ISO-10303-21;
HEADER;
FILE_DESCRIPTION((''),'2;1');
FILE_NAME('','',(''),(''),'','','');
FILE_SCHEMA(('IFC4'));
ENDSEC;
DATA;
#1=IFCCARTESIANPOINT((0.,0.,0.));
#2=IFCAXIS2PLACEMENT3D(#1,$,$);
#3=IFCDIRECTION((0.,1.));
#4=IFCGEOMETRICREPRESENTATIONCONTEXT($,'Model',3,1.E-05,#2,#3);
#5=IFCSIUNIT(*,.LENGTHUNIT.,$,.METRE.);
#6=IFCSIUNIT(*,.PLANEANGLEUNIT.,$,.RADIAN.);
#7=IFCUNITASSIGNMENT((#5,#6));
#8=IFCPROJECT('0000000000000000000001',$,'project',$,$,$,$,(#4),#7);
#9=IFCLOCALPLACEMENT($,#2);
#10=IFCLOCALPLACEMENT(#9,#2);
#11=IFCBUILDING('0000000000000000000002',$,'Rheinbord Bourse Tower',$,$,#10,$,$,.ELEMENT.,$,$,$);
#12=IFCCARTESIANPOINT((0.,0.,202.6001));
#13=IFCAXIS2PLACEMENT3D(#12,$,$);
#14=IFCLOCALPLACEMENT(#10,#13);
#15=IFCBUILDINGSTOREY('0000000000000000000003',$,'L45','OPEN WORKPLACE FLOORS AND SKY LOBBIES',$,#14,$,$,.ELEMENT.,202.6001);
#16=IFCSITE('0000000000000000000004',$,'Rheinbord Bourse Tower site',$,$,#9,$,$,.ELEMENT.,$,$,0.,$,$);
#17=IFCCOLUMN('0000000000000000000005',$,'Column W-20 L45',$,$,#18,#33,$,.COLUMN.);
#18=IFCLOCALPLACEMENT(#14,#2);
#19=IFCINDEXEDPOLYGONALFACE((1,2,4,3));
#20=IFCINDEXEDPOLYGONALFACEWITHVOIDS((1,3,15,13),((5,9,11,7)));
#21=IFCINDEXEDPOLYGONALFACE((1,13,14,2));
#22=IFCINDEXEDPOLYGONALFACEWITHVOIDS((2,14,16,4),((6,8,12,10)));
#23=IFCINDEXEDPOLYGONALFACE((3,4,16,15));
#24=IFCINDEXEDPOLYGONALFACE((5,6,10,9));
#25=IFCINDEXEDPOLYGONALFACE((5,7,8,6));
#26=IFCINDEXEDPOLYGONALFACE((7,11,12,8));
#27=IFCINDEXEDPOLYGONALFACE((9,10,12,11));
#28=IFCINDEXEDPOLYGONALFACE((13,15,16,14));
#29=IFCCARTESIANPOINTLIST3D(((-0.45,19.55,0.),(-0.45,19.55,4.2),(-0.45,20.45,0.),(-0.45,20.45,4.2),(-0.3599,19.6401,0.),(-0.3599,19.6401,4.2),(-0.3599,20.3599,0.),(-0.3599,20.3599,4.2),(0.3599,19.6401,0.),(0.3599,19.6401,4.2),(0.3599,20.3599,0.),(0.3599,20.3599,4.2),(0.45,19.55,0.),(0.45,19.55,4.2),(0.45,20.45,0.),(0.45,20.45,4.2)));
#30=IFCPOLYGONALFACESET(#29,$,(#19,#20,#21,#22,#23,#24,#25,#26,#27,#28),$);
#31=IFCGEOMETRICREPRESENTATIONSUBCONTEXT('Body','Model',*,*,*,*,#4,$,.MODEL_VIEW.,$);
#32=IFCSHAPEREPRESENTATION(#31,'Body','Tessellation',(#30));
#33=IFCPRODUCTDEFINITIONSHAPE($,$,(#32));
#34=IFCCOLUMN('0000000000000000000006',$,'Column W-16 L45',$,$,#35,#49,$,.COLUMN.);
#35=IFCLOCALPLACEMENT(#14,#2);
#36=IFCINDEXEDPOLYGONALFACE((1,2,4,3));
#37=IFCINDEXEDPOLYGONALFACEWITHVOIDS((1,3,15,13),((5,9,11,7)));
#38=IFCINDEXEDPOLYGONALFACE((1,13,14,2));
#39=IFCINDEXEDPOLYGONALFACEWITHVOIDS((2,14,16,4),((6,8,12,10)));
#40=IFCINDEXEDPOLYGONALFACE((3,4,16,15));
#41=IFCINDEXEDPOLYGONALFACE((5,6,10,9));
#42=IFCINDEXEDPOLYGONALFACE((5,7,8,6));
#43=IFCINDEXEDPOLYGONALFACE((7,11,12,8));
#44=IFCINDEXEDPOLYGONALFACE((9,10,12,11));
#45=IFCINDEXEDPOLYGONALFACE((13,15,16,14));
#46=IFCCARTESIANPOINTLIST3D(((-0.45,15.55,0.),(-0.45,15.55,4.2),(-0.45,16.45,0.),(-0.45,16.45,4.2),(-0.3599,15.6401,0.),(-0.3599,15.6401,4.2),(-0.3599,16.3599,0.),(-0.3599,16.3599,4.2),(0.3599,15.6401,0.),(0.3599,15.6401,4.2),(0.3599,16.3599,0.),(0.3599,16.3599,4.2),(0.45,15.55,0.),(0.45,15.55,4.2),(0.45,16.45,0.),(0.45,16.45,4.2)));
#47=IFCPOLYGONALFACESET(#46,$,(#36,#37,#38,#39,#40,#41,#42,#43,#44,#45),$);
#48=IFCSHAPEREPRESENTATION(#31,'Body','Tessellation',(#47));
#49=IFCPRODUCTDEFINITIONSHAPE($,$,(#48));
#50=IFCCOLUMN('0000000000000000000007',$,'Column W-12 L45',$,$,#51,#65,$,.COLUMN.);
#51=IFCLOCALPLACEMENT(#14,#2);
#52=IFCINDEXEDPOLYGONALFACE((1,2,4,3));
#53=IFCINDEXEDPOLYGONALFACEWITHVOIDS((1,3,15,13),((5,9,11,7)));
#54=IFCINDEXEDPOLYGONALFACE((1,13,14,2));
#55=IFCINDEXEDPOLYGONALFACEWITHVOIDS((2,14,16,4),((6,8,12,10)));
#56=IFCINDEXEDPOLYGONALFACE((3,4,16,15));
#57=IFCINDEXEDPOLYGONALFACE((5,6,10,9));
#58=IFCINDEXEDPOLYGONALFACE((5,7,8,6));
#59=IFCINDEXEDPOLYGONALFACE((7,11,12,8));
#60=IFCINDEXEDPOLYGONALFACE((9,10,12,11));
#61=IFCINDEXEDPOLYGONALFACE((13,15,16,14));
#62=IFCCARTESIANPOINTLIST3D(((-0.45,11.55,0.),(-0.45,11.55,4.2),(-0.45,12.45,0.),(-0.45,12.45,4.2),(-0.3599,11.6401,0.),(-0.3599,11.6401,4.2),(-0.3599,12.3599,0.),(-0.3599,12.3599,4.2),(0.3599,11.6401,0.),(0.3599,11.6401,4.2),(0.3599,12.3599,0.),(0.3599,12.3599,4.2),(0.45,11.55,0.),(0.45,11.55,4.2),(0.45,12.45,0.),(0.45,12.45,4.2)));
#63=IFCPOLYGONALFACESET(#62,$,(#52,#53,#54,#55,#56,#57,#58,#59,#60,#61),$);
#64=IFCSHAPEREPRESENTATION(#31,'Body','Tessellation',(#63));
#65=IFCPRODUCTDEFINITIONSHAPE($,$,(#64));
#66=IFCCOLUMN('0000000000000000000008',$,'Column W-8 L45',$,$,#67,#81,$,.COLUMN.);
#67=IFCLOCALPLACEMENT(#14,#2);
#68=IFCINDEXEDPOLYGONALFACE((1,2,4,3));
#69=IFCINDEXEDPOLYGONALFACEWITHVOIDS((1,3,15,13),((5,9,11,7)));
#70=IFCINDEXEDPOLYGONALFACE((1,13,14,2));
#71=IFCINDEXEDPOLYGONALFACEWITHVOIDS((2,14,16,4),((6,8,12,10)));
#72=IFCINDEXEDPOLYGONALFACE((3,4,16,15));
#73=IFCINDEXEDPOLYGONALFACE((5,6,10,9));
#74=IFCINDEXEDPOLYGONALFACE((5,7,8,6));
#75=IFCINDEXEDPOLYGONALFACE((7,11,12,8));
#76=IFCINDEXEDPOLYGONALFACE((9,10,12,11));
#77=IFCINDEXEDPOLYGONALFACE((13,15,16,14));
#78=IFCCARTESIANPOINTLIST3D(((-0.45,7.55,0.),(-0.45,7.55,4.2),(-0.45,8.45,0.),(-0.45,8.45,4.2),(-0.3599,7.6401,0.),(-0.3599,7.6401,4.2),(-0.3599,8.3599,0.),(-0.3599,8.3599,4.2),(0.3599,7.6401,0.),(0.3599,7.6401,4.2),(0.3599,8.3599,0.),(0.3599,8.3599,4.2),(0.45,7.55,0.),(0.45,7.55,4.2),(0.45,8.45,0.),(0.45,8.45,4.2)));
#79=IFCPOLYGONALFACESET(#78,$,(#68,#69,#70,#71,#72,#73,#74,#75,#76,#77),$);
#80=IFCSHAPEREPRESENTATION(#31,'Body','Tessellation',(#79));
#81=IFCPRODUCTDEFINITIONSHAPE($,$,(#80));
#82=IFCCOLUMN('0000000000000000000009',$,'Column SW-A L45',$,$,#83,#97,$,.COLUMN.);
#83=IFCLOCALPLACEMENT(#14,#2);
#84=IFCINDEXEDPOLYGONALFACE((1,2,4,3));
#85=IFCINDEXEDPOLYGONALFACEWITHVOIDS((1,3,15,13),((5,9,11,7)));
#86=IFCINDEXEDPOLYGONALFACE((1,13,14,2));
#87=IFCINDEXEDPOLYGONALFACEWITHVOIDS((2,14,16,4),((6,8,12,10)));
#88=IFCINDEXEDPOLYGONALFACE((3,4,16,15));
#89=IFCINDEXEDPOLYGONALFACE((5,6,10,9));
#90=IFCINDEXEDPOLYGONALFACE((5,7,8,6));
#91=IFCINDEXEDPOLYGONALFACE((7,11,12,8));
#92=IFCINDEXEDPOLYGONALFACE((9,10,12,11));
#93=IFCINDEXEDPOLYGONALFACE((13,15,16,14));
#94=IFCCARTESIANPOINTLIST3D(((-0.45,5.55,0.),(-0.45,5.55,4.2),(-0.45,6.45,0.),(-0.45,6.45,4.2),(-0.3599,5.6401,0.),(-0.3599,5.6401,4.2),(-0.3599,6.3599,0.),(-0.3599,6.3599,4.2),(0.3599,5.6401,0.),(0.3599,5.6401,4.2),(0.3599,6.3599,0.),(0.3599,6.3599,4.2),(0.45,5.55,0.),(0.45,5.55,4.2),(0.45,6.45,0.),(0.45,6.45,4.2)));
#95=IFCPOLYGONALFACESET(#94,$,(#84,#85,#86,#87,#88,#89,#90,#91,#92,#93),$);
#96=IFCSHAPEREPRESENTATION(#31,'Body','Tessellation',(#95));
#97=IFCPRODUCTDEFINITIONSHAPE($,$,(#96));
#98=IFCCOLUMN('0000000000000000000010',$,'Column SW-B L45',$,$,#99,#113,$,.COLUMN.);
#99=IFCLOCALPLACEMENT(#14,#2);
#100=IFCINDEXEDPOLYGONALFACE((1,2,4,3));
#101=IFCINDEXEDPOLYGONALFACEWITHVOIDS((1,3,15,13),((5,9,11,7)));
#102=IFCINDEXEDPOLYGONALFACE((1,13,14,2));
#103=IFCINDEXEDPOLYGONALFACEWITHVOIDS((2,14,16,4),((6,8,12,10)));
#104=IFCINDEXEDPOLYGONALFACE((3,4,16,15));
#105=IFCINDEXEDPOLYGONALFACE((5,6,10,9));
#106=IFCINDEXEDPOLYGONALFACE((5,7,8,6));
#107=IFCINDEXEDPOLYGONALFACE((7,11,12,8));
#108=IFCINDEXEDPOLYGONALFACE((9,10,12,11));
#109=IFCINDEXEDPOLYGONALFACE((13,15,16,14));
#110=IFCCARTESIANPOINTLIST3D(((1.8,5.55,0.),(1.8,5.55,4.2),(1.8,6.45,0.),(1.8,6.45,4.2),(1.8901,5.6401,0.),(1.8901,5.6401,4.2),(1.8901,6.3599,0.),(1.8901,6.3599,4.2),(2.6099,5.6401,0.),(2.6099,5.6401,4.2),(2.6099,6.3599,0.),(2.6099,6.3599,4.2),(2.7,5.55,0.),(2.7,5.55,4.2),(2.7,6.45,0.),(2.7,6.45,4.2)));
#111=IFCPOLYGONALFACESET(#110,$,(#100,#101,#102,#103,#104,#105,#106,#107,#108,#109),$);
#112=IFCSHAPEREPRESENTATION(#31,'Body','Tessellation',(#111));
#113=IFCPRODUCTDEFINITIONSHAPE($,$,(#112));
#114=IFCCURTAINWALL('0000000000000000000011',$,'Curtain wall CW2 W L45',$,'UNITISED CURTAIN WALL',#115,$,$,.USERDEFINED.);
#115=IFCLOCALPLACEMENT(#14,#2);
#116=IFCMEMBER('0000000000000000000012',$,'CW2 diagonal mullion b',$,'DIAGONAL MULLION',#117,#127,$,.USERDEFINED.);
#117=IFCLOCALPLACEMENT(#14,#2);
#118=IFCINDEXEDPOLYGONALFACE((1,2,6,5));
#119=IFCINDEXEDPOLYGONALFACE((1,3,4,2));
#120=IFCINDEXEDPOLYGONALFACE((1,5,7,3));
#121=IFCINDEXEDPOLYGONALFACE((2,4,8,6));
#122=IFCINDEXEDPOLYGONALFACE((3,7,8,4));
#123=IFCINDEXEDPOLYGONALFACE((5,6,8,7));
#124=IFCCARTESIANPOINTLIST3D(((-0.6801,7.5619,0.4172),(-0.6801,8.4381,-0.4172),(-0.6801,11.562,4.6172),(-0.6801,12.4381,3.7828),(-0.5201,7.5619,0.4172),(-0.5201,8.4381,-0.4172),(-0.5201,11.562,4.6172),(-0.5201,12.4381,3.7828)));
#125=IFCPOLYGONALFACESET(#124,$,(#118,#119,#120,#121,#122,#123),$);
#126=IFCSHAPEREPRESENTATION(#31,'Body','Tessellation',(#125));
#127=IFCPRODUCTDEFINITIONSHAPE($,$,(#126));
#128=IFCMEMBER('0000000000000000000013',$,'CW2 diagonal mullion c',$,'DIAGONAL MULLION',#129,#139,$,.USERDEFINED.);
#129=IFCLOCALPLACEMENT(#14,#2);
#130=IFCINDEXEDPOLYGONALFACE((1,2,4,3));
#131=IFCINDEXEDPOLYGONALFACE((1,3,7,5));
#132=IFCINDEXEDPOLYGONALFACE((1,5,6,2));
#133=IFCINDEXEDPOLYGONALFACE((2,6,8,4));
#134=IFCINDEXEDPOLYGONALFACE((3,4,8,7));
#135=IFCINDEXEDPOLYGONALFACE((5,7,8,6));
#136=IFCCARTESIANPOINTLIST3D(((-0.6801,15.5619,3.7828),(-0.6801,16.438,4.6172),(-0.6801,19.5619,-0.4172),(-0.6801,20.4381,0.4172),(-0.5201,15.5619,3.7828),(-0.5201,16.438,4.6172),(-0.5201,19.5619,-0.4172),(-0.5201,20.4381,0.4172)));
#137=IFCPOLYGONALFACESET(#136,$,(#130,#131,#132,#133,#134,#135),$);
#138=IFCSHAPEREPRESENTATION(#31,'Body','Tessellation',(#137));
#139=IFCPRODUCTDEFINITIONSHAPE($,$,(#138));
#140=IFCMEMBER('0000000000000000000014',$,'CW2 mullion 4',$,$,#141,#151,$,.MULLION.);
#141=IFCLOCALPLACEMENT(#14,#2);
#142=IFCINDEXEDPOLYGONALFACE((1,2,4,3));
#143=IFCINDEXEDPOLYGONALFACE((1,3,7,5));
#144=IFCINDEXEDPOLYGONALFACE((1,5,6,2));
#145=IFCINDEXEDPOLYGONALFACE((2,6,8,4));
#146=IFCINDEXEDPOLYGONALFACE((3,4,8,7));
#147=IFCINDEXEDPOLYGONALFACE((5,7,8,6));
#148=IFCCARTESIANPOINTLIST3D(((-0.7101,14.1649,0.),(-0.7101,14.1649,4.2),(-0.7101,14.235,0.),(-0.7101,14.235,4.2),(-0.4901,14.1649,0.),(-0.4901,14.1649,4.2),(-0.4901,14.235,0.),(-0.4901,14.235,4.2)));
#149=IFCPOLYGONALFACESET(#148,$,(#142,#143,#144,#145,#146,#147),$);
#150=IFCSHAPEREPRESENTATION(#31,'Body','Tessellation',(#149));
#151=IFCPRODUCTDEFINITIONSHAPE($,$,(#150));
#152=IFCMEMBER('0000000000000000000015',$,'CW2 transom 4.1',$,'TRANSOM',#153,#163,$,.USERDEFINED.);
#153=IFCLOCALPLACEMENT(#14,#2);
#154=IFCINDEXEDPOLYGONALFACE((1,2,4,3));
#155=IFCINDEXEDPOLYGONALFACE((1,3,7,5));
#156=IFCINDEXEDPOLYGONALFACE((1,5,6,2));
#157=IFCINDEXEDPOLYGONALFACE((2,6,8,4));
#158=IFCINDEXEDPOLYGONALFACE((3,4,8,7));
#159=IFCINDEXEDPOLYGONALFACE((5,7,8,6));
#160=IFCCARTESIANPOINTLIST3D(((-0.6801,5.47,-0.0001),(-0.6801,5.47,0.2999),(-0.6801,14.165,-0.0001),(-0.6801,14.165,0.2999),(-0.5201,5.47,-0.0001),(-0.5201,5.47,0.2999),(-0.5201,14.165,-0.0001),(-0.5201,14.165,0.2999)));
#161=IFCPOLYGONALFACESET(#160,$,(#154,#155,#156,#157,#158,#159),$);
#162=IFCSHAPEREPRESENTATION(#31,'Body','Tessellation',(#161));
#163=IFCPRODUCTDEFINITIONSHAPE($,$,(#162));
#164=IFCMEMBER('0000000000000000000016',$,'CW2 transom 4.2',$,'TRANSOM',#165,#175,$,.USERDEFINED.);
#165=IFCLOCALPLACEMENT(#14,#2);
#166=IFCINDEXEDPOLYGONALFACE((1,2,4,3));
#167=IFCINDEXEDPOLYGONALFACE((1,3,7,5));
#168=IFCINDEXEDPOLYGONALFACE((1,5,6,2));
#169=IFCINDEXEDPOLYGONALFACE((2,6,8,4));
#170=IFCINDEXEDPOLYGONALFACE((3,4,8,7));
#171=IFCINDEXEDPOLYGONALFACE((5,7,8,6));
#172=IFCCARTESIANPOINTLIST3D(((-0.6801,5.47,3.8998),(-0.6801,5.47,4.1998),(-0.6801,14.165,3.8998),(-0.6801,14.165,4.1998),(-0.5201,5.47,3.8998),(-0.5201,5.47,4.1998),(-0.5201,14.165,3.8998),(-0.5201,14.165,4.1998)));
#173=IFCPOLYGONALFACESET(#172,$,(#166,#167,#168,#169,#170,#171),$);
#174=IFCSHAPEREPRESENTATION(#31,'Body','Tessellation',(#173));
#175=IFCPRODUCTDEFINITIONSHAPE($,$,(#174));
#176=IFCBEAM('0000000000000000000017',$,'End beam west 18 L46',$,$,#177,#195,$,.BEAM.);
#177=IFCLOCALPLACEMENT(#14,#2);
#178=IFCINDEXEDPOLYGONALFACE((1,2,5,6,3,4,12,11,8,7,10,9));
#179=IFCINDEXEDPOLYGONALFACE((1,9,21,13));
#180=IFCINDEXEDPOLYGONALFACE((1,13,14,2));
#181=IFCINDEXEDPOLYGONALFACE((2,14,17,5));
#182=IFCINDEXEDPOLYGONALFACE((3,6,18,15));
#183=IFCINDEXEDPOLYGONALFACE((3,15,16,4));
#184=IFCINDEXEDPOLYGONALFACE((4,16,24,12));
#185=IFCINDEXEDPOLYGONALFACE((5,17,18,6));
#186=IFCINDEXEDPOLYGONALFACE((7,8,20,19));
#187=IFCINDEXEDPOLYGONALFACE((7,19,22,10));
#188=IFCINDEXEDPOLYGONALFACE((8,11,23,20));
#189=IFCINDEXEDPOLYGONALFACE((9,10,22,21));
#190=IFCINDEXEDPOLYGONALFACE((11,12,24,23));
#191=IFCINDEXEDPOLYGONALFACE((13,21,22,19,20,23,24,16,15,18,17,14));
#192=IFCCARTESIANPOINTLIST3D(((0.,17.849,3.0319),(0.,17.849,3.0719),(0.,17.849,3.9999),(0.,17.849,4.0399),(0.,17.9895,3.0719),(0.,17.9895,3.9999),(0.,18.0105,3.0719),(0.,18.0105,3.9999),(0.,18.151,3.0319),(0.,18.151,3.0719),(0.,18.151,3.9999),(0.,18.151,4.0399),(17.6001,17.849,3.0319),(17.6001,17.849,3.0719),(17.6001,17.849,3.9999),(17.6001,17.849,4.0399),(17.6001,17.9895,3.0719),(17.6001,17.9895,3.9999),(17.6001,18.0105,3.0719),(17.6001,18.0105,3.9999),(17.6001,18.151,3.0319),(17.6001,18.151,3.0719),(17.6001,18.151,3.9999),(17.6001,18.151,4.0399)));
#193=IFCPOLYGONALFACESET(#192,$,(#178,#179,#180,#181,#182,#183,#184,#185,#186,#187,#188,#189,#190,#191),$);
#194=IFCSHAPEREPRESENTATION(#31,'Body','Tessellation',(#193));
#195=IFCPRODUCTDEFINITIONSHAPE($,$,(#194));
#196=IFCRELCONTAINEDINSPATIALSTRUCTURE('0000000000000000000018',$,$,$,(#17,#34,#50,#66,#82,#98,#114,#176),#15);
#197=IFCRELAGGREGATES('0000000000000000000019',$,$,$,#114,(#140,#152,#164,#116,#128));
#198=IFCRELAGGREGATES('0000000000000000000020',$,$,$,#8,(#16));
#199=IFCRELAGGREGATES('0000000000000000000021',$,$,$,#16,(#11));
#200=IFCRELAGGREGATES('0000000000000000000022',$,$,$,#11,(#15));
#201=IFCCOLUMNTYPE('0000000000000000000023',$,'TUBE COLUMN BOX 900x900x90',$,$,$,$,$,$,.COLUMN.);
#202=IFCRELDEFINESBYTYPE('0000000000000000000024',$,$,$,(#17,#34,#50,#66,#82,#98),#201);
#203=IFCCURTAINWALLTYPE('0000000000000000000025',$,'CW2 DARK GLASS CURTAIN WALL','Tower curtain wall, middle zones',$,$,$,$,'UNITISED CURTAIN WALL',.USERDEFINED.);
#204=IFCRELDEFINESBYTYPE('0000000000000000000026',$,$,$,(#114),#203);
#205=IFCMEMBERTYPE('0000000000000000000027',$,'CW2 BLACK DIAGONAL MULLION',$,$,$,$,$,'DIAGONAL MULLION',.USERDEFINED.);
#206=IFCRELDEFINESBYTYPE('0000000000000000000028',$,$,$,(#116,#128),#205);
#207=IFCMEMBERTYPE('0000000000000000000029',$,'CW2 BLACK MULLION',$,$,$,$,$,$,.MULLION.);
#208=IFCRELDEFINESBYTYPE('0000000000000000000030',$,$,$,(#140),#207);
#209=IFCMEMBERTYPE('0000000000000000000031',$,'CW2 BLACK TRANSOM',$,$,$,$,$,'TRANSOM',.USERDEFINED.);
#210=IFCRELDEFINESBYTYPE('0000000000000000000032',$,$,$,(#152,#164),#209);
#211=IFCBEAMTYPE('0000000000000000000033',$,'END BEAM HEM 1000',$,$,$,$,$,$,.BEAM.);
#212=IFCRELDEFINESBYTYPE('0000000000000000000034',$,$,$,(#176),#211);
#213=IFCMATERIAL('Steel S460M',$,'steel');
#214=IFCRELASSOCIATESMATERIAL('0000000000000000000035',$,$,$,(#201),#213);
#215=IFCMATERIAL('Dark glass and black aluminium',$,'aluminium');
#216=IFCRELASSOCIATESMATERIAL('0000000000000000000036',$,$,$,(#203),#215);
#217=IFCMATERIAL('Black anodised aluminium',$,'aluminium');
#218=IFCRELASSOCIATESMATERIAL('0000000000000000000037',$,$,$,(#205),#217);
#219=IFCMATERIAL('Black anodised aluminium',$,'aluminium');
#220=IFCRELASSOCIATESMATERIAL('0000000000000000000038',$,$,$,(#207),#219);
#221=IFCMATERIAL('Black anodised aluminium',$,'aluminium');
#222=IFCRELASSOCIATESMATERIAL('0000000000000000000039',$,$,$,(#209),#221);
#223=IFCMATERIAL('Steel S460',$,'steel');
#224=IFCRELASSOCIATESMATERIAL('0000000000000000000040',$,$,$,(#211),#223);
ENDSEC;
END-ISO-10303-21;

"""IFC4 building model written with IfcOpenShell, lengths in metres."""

from ifc_helpers import new_model, si_unit, direction, frame, origin, origin_2d, place, context, subcontext, project, spatial, rectangle, hollow_rectangle, i_section, extrude, material, material_profile, profile_set, type_object, element, aggregate, save


model = new_model("IFC4")

# Units and contexts
model_context = context("Model", 3, precision=1e-05, world=origin(), true_north=direction((0.0, 1.0)))
body_context = subcontext(model_context, "Body", "Model", "MODEL_VIEW")
ifc_project = project(units=[si_unit("LENGTHUNIT", "METRE"), si_unit("PLANEANGLEUNIT", "RADIAN")], contexts=[model_context])

# Site, building, storey
site_placement = place(None, origin())
site = spatial("IfcSite", under=ifc_project, at=site_placement, Name="Rheinbord Bourse Tower site", CompositionType="ELEMENT", RefElevation=0.0)
building_placement = place(site_placement, origin())
building = spatial("IfcBuilding", under=site, at=building_placement, Name="Rheinbord Bourse Tower", CompositionType="ELEMENT")
storey_placement = place(building_placement, frame((0.0, 0.0, 202.6001)))
storey = spatial("IfcBuildingStorey", under=building, at=storey_placement, Name="L45", Description="OPEN WORKPLACE FLOORS AND SKY LOBBIES", CompositionType="ELEMENT", Elevation=202.6001)

# Columns
ifc_material_1 = material(Name="Steel S460M", Category="steel")
ifc_material_profile_1 = material_profile(ifc_material_1, hollow_rectangle(XDim=0.8999, YDim=0.8999, WallThickness=0.0901, at=origin_2d()), Name="BOX 900x900x90")
ifc_profile_set_1 = profile_set([ifc_material_profile_1], Name="Steel S460M")
column_type = type_object("IfcColumnType", Name="TUBE COLUMN BOX 900x900x90", PredefinedType="COLUMN", material=ifc_profile_set_1)
for number, where, z_axis, x_axis, name in (
    (1, (0.0, 20.0, 0.0), (0.0, 0.0, 1.0), (1.0, 0.0, 0.0), "Column W-20 L45"),
    (2, (0.0, 16.0, 0.0), (0.0, 0.0, 1.0), (1.0, 0.0, 0.0), "Column W-16 L45"),
    (3, (0.0, 12.0, 0.0), (0.0, 0.0, 1.0), (1.0, 0.0, 0.0), "Column W-12 L45"),
    (4, (0.0, 8.0, 0.0), (0.0, 0.0, 1.0), (1.0, 0.0, 0.0), "Column W-8 L45"),
    (5, (0.0, 6.0, 0.0), (0.0, 0.0, 1.0), (1.0, 0.0, 0.0), "Column SW-A L45"),
    (6, (2.25, 6.0, 0.0), (0.0, 0.0, 1.0), (1.0, 0.0, 0.0), "Column SW-B L45"),
):
    element("IfcColumn", number, at=place(storey_placement, frame(where, z_axis=z_axis, x_axis=x_axis)), inside=storey, type_object=column_type, Name=name, PredefinedType="COLUMN", context=body_context, shape_type="SweptSolid", body=[
        extrude(hollow_rectangle(XDim=0.8999, YDim=0.8999, WallThickness=0.0901, at=origin_2d()), origin(), (0.0, 0.0, 1.0), 4.2),
    ])

# Curtain wall, members
ifc_material_2 = material(Name="Dark glass and black aluminium", Category="aluminium")
curtain_wall_type = type_object("IfcCurtainWallType", Name="CW2 DARK GLASS CURTAIN WALL", Description="Tower curtain wall, middle zones", ElementType="UNITISED CURTAIN WALL", PredefinedType="USERDEFINED", material=ifc_material_2)
curtain_wall_placement = place(storey_placement, origin())
curtain_wall = element("IfcCurtainWall", 7, at=curtain_wall_placement, inside=storey, type_object=curtain_wall_type, Name="Curtain wall CW2 W L45", ObjectType="UNITISED CURTAIN WALL", PredefinedType="USERDEFINED")
ifc_material_3 = material(Name="Black anodised aluminium", Category="aluminium")
ifc_material_profile_2 = material_profile(ifc_material_3, rectangle(XDim=0.1599, YDim=1.21, at=origin_2d()), Name="CW2 DIAGONAL MULLION 1210x160")
ifc_profile_set_2 = profile_set([ifc_material_profile_2], Name="Black anodised aluminium")
member_type_1 = type_object("IfcMemberType", Name="CW2 BLACK DIAGONAL MULLION", ElementType="DIAGONAL MULLION", PredefinedType="USERDEFINED", material=ifc_profile_set_2)
member_1_placement = place(storey_placement, frame((-0.6001, 8.0, 0.0), z_axis=(0.0, 0.689659, 0.724134), x_axis=(-1.0, 0.0, 0.0)))
member_1 = element("IfcMember", 8, at=member_1_placement, type_object=member_type_1, Name="CW2 diagonal mullion b", ObjectType="DIAGONAL MULLION", PredefinedType="USERDEFINED", context=body_context, shape_type="SweptSolid", body=[
    extrude(rectangle(XDim=0.1599, YDim=1.21, at=origin_2d()), origin(), (0.0, 0.0, 1.0), 5.8),
])
member_2_placement = place(storey_placement, frame((-0.6001, 20.0, 0.0), z_axis=(0.0, -0.689659, 0.724134), x_axis=(1.0, 0.0, 0.0)))
member_2 = element("IfcMember", 9, at=member_2_placement, type_object=member_type_1, Name="CW2 diagonal mullion c", ObjectType="DIAGONAL MULLION", PredefinedType="USERDEFINED", context=body_context, shape_type="SweptSolid", body=[
    extrude(rectangle(XDim=0.1599, YDim=1.21, at=origin_2d()), origin(), (0.0, 0.0, 1.0), 5.8),
])
ifc_material_4 = material(Name="Black anodised aluminium", Category="aluminium")
ifc_material_profile_3 = material_profile(ifc_material_4, rectangle(XDim=0.22, YDim=0.0701, at=origin_2d()), Name="CW2 MULLION 70x220")
ifc_profile_set_3 = profile_set([ifc_material_profile_3], Name="Black anodised aluminium")
member_type_2 = type_object("IfcMemberType", Name="CW2 BLACK MULLION", PredefinedType="MULLION", material=ifc_profile_set_3)
member_3_placement = place(storey_placement, frame((-0.6001, 14.2, 0.0), z_axis=(0.0, 0.0, 1.0), x_axis=(1.0, 0.0, 0.0)))
member_3 = element("IfcMember", 10, at=member_3_placement, type_object=member_type_2, Name="CW2 mullion 4", PredefinedType="MULLION", context=body_context, shape_type="SweptSolid", body=[
    extrude(rectangle(XDim=0.22, YDim=0.0701, at=origin_2d()), origin(), (0.0, 0.0, 1.0), 4.2),
])
ifc_material_5 = material(Name="Black anodised aluminium", Category="aluminium")
ifc_material_profile_4 = material_profile(ifc_material_5, rectangle(XDim=0.1599, YDim=0.3, at=origin_2d()), Name="CW2 TRANSOM 300x160")
ifc_profile_set_4 = profile_set([ifc_material_profile_4], Name="Black anodised aluminium")
member_type_3 = type_object("IfcMemberType", Name="CW2 BLACK TRANSOM", ElementType="TRANSOM", PredefinedType="USERDEFINED", material=ifc_profile_set_4)
member_4_placement = place(storey_placement, frame((-0.6001, 14.165, 0.1499), z_axis=(0.0, -1.0, 0.0), x_axis=(1.0, 0.0, 0.0)))
member_4 = element("IfcMember", 11, at=member_4_placement, type_object=member_type_3, Name="CW2 transom 4.1", ObjectType="TRANSOM", PredefinedType="USERDEFINED", context=body_context, shape_type="SweptSolid", body=[
    extrude(rectangle(XDim=0.1599, YDim=0.3, at=origin_2d()), origin(), (0.0, 0.0, 1.0), 8.6951),
])
member_5_placement = place(storey_placement, frame((-0.6001, 14.165, 4.0498), z_axis=(0.0, -1.0, 0.0), x_axis=(1.0, 0.0, 0.0)))
member_5 = element("IfcMember", 12, at=member_5_placement, type_object=member_type_3, Name="CW2 transom 4.2", ObjectType="TRANSOM", PredefinedType="USERDEFINED", context=body_context, shape_type="SweptSolid", body=[
    extrude(rectangle(XDim=0.1599, YDim=0.3, at=origin_2d()), origin(), (0.0, 0.0, 1.0), 8.6951),
])

# Beam
ifc_material_6 = material(Name="Steel S460", Category="steel")
ifc_material_profile_5 = material_profile(ifc_material_6, i_section(OverallWidth=0.302, OverallDepth=1.0081, WebThickness=0.021, FlangeThickness=0.04, at=origin_2d()), Name="HEM 1000")
ifc_profile_set_5 = profile_set([ifc_material_profile_5], Name="Steel S460")
beam_type_1 = type_object("IfcBeamType", Name="END BEAM HEM 1000", PredefinedType="BEAM", material=ifc_profile_set_5)
for number, where, z_axis, x_axis, name in (
    (13, (0.0, 18.0, 3.5359), (1.0, 0.0, 0.0), (0.0, 1.0, 0.0), "End beam west 18 L46"),
):
    element("IfcBeam", number, at=place(storey_placement, frame(where, z_axis=z_axis, x_axis=x_axis)), inside=storey, type_object=beam_type_1, Name=name, PredefinedType="BEAM", context=body_context, shape_type="SweptSolid", body=[
        extrude(i_section(OverallWidth=0.302, OverallDepth=1.0081, WebThickness=0.021, FlangeThickness=0.04, at=origin_2d()), origin(), (0.0, 0.0, 1.0), 17.6001),
    ])

aggregate(curtain_wall, [member_3, member_4, member_5, member_1, member_2])

save(model, "model.ifc")
